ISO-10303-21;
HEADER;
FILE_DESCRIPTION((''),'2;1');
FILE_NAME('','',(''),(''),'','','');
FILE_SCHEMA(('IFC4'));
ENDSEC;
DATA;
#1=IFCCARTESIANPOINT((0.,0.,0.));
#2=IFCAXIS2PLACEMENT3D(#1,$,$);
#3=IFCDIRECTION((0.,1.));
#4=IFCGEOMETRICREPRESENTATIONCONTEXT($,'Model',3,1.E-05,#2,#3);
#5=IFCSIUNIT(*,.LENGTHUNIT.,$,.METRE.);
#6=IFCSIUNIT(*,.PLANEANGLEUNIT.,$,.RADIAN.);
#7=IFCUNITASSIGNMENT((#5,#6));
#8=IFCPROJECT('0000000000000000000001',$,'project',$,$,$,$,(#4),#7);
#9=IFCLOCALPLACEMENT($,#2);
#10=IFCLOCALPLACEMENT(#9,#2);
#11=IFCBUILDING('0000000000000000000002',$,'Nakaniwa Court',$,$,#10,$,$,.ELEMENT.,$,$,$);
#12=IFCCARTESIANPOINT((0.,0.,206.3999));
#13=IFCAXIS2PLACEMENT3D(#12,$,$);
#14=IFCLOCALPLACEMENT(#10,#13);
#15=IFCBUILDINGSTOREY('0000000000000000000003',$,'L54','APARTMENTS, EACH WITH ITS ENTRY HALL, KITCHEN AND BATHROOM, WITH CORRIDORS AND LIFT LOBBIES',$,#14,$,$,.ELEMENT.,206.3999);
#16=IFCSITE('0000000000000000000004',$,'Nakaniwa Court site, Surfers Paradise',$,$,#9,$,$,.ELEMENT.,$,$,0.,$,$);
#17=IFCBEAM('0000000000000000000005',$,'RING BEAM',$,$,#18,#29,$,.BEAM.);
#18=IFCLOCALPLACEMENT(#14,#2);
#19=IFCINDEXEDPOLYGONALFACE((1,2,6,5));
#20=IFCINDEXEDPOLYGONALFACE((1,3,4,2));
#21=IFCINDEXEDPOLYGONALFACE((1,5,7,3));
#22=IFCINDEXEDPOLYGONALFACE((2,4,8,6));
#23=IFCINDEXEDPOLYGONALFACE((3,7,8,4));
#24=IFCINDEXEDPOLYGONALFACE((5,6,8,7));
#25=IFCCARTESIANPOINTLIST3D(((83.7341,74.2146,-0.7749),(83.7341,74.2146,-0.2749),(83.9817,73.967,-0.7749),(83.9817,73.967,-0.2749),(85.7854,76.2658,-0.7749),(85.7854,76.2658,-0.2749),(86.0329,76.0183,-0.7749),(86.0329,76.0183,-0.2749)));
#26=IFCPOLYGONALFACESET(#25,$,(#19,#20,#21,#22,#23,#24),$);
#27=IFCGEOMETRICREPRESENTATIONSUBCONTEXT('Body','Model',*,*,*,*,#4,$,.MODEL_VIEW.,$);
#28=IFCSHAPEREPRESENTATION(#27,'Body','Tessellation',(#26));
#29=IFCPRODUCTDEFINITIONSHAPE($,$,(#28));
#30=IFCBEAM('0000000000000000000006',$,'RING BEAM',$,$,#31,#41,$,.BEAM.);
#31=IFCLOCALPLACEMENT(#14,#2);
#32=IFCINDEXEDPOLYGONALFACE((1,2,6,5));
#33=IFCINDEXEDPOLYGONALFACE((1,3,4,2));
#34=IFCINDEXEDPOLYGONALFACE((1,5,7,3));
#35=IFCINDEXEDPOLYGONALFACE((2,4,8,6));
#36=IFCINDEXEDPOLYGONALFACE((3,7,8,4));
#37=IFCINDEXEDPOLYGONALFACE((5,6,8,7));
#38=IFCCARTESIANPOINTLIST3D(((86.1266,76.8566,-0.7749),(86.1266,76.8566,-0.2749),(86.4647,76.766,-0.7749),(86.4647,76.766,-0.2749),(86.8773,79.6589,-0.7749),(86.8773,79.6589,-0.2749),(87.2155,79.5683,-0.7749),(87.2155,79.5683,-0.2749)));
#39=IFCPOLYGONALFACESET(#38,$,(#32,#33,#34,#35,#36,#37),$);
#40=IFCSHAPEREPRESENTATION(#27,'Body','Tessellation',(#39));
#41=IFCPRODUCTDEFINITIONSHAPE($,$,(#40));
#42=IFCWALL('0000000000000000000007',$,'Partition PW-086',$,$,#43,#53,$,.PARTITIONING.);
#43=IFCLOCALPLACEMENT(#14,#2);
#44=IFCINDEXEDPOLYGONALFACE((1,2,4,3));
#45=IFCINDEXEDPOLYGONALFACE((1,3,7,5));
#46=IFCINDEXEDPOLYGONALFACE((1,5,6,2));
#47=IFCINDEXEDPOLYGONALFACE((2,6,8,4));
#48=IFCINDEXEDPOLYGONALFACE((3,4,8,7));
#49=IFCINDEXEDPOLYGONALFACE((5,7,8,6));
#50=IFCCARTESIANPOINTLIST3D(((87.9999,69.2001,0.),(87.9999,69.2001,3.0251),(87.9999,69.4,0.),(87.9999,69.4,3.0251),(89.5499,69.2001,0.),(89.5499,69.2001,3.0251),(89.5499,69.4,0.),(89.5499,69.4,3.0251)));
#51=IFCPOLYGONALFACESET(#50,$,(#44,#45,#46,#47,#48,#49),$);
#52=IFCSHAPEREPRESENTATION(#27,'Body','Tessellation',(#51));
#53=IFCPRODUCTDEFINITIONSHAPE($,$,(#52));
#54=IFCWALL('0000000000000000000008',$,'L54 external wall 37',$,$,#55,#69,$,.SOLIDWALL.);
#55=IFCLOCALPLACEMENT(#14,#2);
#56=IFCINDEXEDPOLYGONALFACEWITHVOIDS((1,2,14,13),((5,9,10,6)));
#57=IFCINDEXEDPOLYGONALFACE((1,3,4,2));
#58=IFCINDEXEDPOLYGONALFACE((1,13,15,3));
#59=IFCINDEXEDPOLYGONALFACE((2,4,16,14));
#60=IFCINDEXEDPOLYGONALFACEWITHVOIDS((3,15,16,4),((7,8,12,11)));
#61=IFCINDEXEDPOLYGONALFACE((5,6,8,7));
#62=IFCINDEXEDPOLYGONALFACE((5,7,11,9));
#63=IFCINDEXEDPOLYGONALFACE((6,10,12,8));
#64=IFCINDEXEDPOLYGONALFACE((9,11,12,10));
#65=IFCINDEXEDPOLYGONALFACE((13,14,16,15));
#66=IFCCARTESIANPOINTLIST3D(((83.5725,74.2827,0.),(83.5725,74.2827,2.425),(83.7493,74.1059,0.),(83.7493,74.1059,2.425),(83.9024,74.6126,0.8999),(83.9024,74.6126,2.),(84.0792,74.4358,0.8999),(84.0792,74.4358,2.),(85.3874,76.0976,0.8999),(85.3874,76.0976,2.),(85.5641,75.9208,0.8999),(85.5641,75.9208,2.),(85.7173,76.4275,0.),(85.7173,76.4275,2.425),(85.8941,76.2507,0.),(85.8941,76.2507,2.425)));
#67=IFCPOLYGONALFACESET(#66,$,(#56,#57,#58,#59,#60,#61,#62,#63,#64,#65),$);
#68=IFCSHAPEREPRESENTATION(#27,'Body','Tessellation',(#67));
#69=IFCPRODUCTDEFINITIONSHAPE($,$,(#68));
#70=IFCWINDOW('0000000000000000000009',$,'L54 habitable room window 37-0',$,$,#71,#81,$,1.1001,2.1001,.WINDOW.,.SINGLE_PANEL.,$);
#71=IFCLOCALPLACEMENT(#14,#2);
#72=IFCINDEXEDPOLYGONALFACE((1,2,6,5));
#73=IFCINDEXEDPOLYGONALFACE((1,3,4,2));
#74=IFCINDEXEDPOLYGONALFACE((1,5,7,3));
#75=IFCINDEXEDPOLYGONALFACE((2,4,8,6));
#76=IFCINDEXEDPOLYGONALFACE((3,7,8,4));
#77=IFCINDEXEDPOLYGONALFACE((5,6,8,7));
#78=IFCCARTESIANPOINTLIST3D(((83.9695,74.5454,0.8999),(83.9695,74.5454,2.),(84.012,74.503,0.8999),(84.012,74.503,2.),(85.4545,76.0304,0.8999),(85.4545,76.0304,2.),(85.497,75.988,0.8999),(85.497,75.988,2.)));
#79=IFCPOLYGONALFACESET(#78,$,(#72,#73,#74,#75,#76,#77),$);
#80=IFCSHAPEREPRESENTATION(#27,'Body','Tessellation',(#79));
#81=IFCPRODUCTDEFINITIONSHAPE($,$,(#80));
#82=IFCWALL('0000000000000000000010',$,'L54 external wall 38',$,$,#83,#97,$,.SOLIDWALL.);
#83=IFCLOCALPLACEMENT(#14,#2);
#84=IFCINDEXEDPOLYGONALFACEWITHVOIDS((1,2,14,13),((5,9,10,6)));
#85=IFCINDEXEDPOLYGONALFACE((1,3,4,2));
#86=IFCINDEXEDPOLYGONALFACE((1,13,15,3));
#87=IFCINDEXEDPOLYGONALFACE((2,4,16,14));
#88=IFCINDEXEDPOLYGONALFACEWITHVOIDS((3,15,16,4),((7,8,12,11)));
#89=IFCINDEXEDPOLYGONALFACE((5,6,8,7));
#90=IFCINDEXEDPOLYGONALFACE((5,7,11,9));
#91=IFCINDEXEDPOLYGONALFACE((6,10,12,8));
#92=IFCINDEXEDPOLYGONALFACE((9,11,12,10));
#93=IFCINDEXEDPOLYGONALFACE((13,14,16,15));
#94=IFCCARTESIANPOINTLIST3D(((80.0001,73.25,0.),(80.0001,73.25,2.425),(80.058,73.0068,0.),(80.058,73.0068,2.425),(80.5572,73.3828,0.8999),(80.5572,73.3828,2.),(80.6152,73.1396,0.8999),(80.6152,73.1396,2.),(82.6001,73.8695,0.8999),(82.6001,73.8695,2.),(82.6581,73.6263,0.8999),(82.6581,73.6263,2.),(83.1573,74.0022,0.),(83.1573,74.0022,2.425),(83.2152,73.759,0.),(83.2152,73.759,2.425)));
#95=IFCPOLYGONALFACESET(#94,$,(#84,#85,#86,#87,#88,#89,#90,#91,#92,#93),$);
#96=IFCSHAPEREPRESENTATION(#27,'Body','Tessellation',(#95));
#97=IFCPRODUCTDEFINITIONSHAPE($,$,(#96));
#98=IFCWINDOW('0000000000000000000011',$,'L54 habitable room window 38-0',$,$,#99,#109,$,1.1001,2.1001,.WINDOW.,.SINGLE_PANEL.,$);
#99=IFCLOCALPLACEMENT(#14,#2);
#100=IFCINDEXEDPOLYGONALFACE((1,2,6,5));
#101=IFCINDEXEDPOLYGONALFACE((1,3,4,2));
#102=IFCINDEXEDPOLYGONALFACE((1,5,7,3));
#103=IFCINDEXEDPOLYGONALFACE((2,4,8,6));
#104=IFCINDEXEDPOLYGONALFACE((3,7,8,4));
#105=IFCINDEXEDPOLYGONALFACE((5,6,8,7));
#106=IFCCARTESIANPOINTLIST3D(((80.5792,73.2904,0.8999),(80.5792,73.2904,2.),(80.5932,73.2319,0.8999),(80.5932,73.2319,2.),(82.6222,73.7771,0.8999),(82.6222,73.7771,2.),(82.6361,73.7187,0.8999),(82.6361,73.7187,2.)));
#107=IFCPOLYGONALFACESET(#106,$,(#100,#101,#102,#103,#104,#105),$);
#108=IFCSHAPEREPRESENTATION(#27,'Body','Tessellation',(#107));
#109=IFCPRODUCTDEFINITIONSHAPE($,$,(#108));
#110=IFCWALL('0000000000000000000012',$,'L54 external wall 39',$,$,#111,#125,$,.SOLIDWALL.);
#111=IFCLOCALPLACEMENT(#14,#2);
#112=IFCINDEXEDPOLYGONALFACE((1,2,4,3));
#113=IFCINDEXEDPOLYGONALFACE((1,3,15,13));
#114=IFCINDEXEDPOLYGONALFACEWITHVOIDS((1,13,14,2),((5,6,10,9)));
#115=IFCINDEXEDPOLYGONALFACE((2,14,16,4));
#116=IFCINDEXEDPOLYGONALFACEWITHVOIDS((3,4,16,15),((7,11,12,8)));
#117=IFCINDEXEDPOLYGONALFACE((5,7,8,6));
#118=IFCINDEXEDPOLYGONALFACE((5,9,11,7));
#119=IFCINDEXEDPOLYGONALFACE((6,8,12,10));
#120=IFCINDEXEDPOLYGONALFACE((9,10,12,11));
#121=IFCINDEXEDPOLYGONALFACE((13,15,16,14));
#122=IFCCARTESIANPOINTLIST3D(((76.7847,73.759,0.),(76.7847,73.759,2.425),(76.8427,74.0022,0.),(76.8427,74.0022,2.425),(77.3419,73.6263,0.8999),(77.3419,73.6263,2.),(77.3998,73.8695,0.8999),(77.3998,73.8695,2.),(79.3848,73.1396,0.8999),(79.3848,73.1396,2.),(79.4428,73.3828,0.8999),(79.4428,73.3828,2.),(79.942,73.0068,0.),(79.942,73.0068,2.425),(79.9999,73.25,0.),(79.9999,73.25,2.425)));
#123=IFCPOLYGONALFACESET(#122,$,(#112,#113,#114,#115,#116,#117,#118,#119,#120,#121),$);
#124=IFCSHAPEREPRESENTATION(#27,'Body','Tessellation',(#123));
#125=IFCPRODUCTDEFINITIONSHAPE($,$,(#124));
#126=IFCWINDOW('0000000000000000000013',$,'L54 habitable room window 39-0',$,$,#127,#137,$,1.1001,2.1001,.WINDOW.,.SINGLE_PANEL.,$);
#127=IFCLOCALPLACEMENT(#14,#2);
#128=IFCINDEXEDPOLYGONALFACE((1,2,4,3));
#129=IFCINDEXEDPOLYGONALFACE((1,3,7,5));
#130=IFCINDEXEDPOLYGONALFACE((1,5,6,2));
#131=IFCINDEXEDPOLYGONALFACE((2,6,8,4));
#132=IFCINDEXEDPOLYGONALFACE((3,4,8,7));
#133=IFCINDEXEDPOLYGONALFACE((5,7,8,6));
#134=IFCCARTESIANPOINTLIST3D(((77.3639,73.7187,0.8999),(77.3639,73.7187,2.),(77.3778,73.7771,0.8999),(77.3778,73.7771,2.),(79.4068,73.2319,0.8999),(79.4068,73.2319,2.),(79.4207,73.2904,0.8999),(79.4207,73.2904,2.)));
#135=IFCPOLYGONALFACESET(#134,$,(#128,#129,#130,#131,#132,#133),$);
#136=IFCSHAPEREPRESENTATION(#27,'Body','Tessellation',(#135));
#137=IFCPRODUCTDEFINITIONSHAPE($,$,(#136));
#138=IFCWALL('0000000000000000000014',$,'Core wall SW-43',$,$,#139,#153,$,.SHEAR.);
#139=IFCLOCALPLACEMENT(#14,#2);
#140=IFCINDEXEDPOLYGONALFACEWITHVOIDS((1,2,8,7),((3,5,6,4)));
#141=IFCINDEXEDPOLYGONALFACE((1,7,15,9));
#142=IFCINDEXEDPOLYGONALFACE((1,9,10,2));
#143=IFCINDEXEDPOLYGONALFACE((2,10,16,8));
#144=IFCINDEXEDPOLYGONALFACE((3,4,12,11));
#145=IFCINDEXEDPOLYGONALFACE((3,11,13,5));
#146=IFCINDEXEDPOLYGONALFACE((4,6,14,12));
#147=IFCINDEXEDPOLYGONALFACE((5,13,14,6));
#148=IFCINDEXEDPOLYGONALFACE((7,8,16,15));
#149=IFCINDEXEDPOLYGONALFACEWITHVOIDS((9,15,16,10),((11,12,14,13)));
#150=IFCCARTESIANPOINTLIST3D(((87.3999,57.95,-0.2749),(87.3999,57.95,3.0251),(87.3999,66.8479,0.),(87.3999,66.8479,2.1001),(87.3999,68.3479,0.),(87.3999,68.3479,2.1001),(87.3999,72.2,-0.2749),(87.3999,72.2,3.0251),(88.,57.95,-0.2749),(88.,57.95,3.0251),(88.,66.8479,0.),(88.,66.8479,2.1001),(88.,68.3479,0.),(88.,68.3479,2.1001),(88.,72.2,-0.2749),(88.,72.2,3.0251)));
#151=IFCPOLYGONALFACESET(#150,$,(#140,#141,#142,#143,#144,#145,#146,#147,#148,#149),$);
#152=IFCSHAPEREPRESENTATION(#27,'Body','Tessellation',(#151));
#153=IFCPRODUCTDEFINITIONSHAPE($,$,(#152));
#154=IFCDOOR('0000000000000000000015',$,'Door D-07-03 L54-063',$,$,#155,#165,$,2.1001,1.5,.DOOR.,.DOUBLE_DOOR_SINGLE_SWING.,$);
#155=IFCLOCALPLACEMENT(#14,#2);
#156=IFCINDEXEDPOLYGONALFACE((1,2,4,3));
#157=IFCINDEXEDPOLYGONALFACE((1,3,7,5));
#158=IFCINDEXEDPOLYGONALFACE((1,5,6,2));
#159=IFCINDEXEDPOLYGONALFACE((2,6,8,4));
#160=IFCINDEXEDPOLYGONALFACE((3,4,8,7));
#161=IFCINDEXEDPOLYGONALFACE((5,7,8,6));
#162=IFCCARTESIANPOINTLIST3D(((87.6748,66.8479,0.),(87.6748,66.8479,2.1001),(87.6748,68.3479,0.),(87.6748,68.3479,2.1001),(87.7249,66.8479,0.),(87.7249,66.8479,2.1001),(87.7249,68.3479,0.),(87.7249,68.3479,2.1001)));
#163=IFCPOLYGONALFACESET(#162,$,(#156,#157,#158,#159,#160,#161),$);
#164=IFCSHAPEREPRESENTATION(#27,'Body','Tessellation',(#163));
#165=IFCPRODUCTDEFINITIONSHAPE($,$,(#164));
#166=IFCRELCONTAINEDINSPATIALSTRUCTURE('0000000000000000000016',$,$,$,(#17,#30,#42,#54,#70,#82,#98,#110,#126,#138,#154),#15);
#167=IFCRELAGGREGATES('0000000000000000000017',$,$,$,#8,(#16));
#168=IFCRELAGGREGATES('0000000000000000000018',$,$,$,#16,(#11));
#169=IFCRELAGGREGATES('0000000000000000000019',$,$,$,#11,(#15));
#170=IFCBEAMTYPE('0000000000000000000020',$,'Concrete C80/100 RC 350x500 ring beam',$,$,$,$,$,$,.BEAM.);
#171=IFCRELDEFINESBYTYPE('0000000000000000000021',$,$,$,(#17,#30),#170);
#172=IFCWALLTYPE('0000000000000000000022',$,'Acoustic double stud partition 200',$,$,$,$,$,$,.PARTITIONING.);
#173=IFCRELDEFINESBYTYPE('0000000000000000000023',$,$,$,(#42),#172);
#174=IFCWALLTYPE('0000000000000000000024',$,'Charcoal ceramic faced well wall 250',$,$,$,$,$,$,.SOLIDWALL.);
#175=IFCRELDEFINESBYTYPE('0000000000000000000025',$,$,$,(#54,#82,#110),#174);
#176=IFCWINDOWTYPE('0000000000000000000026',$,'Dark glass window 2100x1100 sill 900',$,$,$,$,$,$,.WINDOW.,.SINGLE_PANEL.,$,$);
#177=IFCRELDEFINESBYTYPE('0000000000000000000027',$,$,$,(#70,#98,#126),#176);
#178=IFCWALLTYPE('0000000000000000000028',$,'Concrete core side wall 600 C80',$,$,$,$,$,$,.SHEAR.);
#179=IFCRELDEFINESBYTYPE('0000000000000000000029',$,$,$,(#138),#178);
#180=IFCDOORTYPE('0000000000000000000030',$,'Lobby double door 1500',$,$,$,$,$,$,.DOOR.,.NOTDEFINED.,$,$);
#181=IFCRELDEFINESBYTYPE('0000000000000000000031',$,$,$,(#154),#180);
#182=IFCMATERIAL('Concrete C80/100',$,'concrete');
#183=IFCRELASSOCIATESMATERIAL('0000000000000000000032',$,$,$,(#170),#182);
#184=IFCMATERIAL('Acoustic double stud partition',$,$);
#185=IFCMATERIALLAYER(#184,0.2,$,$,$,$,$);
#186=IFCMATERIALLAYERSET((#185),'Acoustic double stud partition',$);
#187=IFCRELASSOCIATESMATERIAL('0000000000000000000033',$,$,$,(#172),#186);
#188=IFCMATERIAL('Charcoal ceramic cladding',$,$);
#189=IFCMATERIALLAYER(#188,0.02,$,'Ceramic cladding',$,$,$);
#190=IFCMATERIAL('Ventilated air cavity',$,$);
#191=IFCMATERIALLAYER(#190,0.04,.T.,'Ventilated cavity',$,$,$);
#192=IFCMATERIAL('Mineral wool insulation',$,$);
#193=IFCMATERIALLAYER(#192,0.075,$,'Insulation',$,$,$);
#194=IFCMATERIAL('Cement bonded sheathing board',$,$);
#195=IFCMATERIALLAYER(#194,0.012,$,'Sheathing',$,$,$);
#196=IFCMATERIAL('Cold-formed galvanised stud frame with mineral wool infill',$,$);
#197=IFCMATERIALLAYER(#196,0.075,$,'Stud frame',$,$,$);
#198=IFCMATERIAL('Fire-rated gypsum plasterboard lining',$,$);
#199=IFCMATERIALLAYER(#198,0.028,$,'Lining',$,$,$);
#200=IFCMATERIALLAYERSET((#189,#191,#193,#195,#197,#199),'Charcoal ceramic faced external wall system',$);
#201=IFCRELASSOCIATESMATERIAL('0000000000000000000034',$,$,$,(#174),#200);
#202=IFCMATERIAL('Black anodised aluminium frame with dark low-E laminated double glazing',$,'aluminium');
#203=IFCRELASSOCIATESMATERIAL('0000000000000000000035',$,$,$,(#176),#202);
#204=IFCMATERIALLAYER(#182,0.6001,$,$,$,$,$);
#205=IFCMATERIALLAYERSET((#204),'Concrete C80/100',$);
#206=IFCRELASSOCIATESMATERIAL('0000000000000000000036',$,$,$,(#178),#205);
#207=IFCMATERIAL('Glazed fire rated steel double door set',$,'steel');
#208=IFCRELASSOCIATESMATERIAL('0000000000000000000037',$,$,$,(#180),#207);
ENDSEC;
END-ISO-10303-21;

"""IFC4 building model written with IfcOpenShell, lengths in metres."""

from ifc_helpers import new_model, si_unit, direction, frame, frame_2d, origin, origin_2d, place, context, subcontext, project, spatial, rectangle, extrude, material, layer, layer_set, material_profile, profile_set, type_object, element, fill, save


model = new_model("IFC4")

# Units and contexts
model_context = context("Model", 3, precision=1e-05, world=origin(), true_north=direction((0.0, 1.0)))
body_context = subcontext(model_context, "Body", "Model", "MODEL_VIEW")
ifc_project = project(units=[si_unit("LENGTHUNIT", "METRE"), si_unit("PLANEANGLEUNIT", "RADIAN")], contexts=[model_context])

# Site, building, storey
site_placement = place(None, origin())
site = spatial("IfcSite", under=ifc_project, at=site_placement, Name="Nakaniwa Court site, Surfers Paradise", CompositionType="ELEMENT", RefElevation=0.0)
building_placement = place(site_placement, origin())
building = spatial("IfcBuilding", under=site, at=building_placement, Name="Nakaniwa Court", CompositionType="ELEMENT")
storey_placement = place(building_placement, frame((0.0, 0.0, 206.3999)))
storey = spatial("IfcBuildingStorey", under=building, at=storey_placement, Name="L54", Description="APARTMENTS, EACH WITH ITS ENTRY HALL, KITCHEN AND BATHROOM, WITH CORRIDORS AND LIFT LOBBIES", CompositionType="ELEMENT", Elevation=206.3999)

# Shared definitions
ifc_material_1 = material(Name="Concrete C80/100", Category="concrete")

# Beams
ifc_material_profile_1 = material_profile(ifc_material_1, rectangle(XDim=0.3501, YDim=0.5, at=origin_2d()), Name="Concrete C80/100 RC 350x500 ring beam")
ifc_profile_set_1 = profile_set([ifc_material_profile_1], Name="Concrete C80/100")
beam_type = type_object("IfcBeamType", Name="Concrete C80/100 RC 350x500 ring beam", PredefinedType="BEAM", material=ifc_profile_set_1)
beam_1_placement = place(storey_placement, frame((83.8579, 74.0908, -0.5249), z_axis=(0.707107, 0.707107, 0.0), x_axis=(-0.707107, 0.707107, 0.0)))
element("IfcBeam", 1, at=beam_1_placement, inside=storey, type_object=beam_type, Name="RING BEAM", PredefinedType="BEAM", context=body_context, shape_type="SweptSolid", body=[
    extrude(rectangle(XDim=0.3501, YDim=0.5, at=origin_2d()), origin(), (0.0, 0.0, 1.0), 2.9009),
])
beam_2_placement = place(storey_placement, frame((86.2957, 76.8113, -0.5249), z_axis=(0.258778, 0.965937, 0.0), x_axis=(-0.965937, 0.258778, 0.0)))
element("IfcBeam", 2, at=beam_2_placement, inside=storey, type_object=beam_type, Name="RING BEAM", PredefinedType="BEAM", context=body_context, shape_type="SweptSolid", body=[
    extrude(rectangle(XDim=0.3501, YDim=0.5, at=origin_2d()), origin(), (0.0, 0.0, 1.0), 2.9011),
])

# Wall
ifc_material_2 = material(Name="Acoustic double stud partition")
ifc_layer_1 = layer(ifc_material_2, 0.2)
ifc_layer_set_1 = layer_set([ifc_layer_1], Name="Acoustic double stud partition")
wall_type_1 = type_object("IfcWallType", Name="Acoustic double stud partition 200", PredefinedType="PARTITIONING", material=ifc_layer_set_1)
wall_1_placement = place(storey_placement, frame((88.0, 69.3, 0.0), z_axis=(0.0, 0.0, 1.0), x_axis=(1.0, 0.0, 0.0)))
element("IfcWall", 3, at=wall_1_placement, inside=storey, type_object=wall_type_1, Name="Partition PW-086", PredefinedType="PARTITIONING", context=body_context, shape_type="SweptSolid", body=[
    extrude(rectangle(XDim=1.55, YDim=0.2, at=frame_2d((0.7749, 0.0))), origin(), (0.0, 0.0, 1.0), 3.0251),
])

# Walls, openings, windows
ifc_material_3 = material(Name="Charcoal ceramic cladding")
ifc_layer_2 = layer(ifc_material_3, 0.02, Name="Ceramic cladding")
ifc_material_4 = material(Name="Ventilated air cavity")
ifc_layer_3 = layer(ifc_material_4, 0.04, ventilated=True, Name="Ventilated cavity")
ifc_material_5 = material(Name="Mineral wool insulation")
ifc_layer_4 = layer(ifc_material_5, 0.075, Name="Insulation")
ifc_material_6 = material(Name="Cement bonded sheathing board")
ifc_layer_5 = layer(ifc_material_6, 0.012, Name="Sheathing")
ifc_material_7 = material(Name="Cold-formed galvanised stud frame with mineral wool infill")
ifc_layer_6 = layer(ifc_material_7, 0.075, Name="Stud frame")
ifc_material_8 = material(Name="Fire-rated gypsum plasterboard lining")
ifc_layer_7 = layer(ifc_material_8, 0.028, Name="Lining")
ifc_layer_set_2 = layer_set([ifc_layer_2, ifc_layer_3, ifc_layer_4, ifc_layer_5, ifc_layer_6, ifc_layer_7], Name="Charcoal ceramic faced external wall system")
wall_type_2 = type_object("IfcWallType", Name="Charcoal ceramic faced well wall 250", PredefinedType="SOLIDWALL", material=ifc_layer_set_2)
wall_2_placement = place(storey_placement, frame((85.8057, 76.3391, 0.0), z_axis=(0.0, 0.0, 1.0), x_axis=(-0.707107, -0.707107, 0.0)))
wall_2 = element("IfcWall", 4, at=wall_2_placement, inside=storey, type_object=wall_type_2, Name="L54 external wall 37", PredefinedType="SOLIDWALL", context=body_context, shape_type="SweptSolid", body=[
    extrude(rectangle(XDim=3.0332, YDim=0.25, at=frame_2d((1.5166, 0.0))), origin(), (0.0, 0.0, 1.0), 2.425),
])
opening_1_placement = place(wall_2_placement, frame((0.4666, 0.0, 0.8999)))
opening_1 = element("IfcOpeningElement", 5, at=opening_1_placement, cuts=wall_2, PredefinedType="OPENING", context=body_context, shape_type="SweptSolid", body=[
    extrude(rectangle(XDim=2.1001, YDim=1.1001, at=frame_2d((1.05, 0.55))), frame((0.0, 0.135, 0.0), z_axis=(0.0, -1.0, 0.0), x_axis=(1.0, 0.0, 0.0)), (0.0, 0.0, 1.0), 0.27),
])
ifc_material_9 = material(Name="Black anodised aluminium frame with dark low-E laminated double glazing", Category="aluminium")
window_type = type_object("IfcWindowType", Name="Dark glass window 2100x1100 sill 900", PartitioningType="SINGLE_PANEL", PredefinedType="WINDOW", material=ifc_material_9)
window_1_placement = place(opening_1_placement, origin())
window_1 = element("IfcWindow", 6, at=window_1_placement, inside=storey, type_object=window_type, Name="L54 habitable room window 37-0", OverallHeight=1.1001, OverallWidth=2.1001, PartitioningType="SINGLE_PANEL", PredefinedType="WINDOW", context=body_context, shape_type="SweptSolid", body=[
    extrude(rectangle(XDim=2.1001, YDim=1.1001, at=frame_2d((1.05, 0.55))), frame((0.0, 0.03, 0.0), z_axis=(0.0, -1.0, 0.0), x_axis=(1.0, 0.0, 0.0)), (0.0, 0.0, 1.0), 0.0601),
])
fill(opening_1, window_1)
wall_3_placement = place(storey_placement, frame((83.1863, 73.8806, 0.0), z_axis=(0.0, 0.0, 1.0), x_axis=(-0.972773, -0.23176, 0.0)))
wall_3 = element("IfcWall", 7, at=wall_3_placement, inside=storey, type_object=wall_type_2, Name="L54 external wall 38", PredefinedType="SOLIDWALL", context=body_context, shape_type="SweptSolid", body=[
    extrude(rectangle(XDim=3.2456, YDim=0.25, at=frame_2d((1.6228, 0.0))), origin(), (0.0, 0.0, 1.0), 2.425),
])
opening_2_placement = place(wall_3_placement, frame((0.5728, 0.0, 0.8999)))
opening_2 = element("IfcOpeningElement", 8, at=opening_2_placement, cuts=wall_3, PredefinedType="OPENING", context=body_context, shape_type="SweptSolid", body=[
    extrude(rectangle(XDim=2.1001, YDim=1.1001, at=frame_2d((1.05, 0.55))), frame((0.0, 0.135, 0.0), z_axis=(0.0, -1.0, 0.0), x_axis=(1.0, 0.0, 0.0)), (0.0, 0.0, 1.0), 0.27),
])
window_2_placement = place(opening_2_placement, origin())
window_2 = element("IfcWindow", 9, at=window_2_placement, inside=storey, type_object=window_type, Name="L54 habitable room window 38-0", OverallHeight=1.1001, OverallWidth=2.1001, PartitioningType="SINGLE_PANEL", PredefinedType="WINDOW", context=body_context, shape_type="SweptSolid", body=[
    extrude(rectangle(XDim=2.1001, YDim=1.1001, at=frame_2d((1.05, 0.55))), frame((0.0, 0.03, 0.0), z_axis=(0.0, -1.0, 0.0), x_axis=(1.0, 0.0, 0.0)), (0.0, 0.0, 1.0), 0.0601),
])
fill(opening_2, window_2)
wall_4_placement = place(storey_placement, frame((79.9709, 73.1284, 0.0), z_axis=(0.0, 0.0, 1.0), x_axis=(-0.972773, 0.23176, 0.0)))
wall_4 = element("IfcWall", 10, at=wall_4_placement, inside=storey, type_object=wall_type_2, Name="L54 external wall 39", PredefinedType="SOLIDWALL", context=body_context, shape_type="SweptSolid", body=[
    extrude(rectangle(XDim=3.2456, YDim=0.25, at=frame_2d((1.6228, 0.0))), origin(), (0.0, 0.0, 1.0), 2.425),
])
opening_3_placement = place(wall_4_placement, frame((0.5728, 0.0, 0.8999)))
opening_3 = element("IfcOpeningElement", 11, at=opening_3_placement, cuts=wall_4, PredefinedType="OPENING", context=body_context, shape_type="SweptSolid", body=[
    extrude(rectangle(XDim=2.1001, YDim=1.1001, at=frame_2d((1.05, 0.55))), frame((0.0, 0.135, 0.0), z_axis=(0.0, -1.0, 0.0), x_axis=(1.0, 0.0, 0.0)), (0.0, 0.0, 1.0), 0.27),
])
window_3_placement = place(opening_3_placement, origin())
window_3 = element("IfcWindow", 12, at=window_3_placement, inside=storey, type_object=window_type, Name="L54 habitable room window 39-0", OverallHeight=1.1001, OverallWidth=2.1001, PartitioningType="SINGLE_PANEL", PredefinedType="WINDOW", context=body_context, shape_type="SweptSolid", body=[
    extrude(rectangle(XDim=2.1001, YDim=1.1001, at=frame_2d((1.05, 0.55))), frame((0.0, 0.03, 0.0), z_axis=(0.0, -1.0, 0.0), x_axis=(1.0, 0.0, 0.0)), (0.0, 0.0, 1.0), 0.0601),
])
fill(opening_3, window_3)

# Wall, opening, door
ifc_layer_8 = layer(ifc_material_1, 0.6001)
ifc_layer_set_3 = layer_set([ifc_layer_8], Name="Concrete C80/100")
wall_type_3 = type_object("IfcWallType", Name="Concrete core side wall 600 C80", PredefinedType="SHEAR", material=ifc_layer_set_3)
wall_5_placement = place(storey_placement, frame((87.7, 72.2, -0.2749), z_axis=(0.0, 0.0, 1.0), x_axis=(0.0, -1.0, 0.0)))
wall_5 = element("IfcWall", 13, at=wall_5_placement, inside=storey, type_object=wall_type_3, Name="Core wall SW-43", PredefinedType="SHEAR", context=body_context, shape_type="SweptSolid", body=[
    extrude(rectangle(XDim=14.25, YDim=0.6001, at=frame_2d((7.125, 0.0))), origin(), (0.0, 0.0, 1.0), 3.3),
])
opening_4_placement = place(wall_5_placement, frame((3.8521, 0.0, 0.2749)))
opening_4 = element("IfcOpeningElement", 14, at=opening_4_placement, cuts=wall_5, PredefinedType="OPENING", context=body_context, shape_type="SweptSolid", body=[
    extrude(rectangle(XDim=1.5, YDim=2.1001, at=frame_2d((0.75, 1.05))), frame((0.0, 0.3101, 0.0), z_axis=(0.0, -1.0, 0.0), x_axis=(1.0, 0.0, 0.0)), (0.0, 0.0, 1.0), 0.6201),
])
ifc_material_10 = material(Name="Glazed fire rated steel double door set", Category="steel")
door_type_1 = type_object("IfcDoorType", Name="Lobby double door 1500", OperationType="NOTDEFINED", PredefinedType="DOOR", material=ifc_material_10)
door_1_placement = place(opening_4_placement, origin())
door_1 = element("IfcDoor", 15, at=door_1_placement, inside=storey, type_object=door_type_1, Name="Door D-07-03 L54-063", OperationType="DOUBLE_DOOR_SINGLE_SWING", OverallHeight=2.1001, OverallWidth=1.5, PredefinedType="DOOR", context=body_context, shape_type="SweptSolid", body=[
    extrude(rectangle(XDim=1.5, YDim=2.1001, at=frame_2d((0.75, 1.05))), frame((0.0, 0.0249, 0.0), z_axis=(0.0, -1.0, 0.0), x_axis=(1.0, 0.0, 0.0)), (0.0, 0.0, 1.0), 0.05),
])
fill(opening_4, door_1)

save(model, "model.ifc")
